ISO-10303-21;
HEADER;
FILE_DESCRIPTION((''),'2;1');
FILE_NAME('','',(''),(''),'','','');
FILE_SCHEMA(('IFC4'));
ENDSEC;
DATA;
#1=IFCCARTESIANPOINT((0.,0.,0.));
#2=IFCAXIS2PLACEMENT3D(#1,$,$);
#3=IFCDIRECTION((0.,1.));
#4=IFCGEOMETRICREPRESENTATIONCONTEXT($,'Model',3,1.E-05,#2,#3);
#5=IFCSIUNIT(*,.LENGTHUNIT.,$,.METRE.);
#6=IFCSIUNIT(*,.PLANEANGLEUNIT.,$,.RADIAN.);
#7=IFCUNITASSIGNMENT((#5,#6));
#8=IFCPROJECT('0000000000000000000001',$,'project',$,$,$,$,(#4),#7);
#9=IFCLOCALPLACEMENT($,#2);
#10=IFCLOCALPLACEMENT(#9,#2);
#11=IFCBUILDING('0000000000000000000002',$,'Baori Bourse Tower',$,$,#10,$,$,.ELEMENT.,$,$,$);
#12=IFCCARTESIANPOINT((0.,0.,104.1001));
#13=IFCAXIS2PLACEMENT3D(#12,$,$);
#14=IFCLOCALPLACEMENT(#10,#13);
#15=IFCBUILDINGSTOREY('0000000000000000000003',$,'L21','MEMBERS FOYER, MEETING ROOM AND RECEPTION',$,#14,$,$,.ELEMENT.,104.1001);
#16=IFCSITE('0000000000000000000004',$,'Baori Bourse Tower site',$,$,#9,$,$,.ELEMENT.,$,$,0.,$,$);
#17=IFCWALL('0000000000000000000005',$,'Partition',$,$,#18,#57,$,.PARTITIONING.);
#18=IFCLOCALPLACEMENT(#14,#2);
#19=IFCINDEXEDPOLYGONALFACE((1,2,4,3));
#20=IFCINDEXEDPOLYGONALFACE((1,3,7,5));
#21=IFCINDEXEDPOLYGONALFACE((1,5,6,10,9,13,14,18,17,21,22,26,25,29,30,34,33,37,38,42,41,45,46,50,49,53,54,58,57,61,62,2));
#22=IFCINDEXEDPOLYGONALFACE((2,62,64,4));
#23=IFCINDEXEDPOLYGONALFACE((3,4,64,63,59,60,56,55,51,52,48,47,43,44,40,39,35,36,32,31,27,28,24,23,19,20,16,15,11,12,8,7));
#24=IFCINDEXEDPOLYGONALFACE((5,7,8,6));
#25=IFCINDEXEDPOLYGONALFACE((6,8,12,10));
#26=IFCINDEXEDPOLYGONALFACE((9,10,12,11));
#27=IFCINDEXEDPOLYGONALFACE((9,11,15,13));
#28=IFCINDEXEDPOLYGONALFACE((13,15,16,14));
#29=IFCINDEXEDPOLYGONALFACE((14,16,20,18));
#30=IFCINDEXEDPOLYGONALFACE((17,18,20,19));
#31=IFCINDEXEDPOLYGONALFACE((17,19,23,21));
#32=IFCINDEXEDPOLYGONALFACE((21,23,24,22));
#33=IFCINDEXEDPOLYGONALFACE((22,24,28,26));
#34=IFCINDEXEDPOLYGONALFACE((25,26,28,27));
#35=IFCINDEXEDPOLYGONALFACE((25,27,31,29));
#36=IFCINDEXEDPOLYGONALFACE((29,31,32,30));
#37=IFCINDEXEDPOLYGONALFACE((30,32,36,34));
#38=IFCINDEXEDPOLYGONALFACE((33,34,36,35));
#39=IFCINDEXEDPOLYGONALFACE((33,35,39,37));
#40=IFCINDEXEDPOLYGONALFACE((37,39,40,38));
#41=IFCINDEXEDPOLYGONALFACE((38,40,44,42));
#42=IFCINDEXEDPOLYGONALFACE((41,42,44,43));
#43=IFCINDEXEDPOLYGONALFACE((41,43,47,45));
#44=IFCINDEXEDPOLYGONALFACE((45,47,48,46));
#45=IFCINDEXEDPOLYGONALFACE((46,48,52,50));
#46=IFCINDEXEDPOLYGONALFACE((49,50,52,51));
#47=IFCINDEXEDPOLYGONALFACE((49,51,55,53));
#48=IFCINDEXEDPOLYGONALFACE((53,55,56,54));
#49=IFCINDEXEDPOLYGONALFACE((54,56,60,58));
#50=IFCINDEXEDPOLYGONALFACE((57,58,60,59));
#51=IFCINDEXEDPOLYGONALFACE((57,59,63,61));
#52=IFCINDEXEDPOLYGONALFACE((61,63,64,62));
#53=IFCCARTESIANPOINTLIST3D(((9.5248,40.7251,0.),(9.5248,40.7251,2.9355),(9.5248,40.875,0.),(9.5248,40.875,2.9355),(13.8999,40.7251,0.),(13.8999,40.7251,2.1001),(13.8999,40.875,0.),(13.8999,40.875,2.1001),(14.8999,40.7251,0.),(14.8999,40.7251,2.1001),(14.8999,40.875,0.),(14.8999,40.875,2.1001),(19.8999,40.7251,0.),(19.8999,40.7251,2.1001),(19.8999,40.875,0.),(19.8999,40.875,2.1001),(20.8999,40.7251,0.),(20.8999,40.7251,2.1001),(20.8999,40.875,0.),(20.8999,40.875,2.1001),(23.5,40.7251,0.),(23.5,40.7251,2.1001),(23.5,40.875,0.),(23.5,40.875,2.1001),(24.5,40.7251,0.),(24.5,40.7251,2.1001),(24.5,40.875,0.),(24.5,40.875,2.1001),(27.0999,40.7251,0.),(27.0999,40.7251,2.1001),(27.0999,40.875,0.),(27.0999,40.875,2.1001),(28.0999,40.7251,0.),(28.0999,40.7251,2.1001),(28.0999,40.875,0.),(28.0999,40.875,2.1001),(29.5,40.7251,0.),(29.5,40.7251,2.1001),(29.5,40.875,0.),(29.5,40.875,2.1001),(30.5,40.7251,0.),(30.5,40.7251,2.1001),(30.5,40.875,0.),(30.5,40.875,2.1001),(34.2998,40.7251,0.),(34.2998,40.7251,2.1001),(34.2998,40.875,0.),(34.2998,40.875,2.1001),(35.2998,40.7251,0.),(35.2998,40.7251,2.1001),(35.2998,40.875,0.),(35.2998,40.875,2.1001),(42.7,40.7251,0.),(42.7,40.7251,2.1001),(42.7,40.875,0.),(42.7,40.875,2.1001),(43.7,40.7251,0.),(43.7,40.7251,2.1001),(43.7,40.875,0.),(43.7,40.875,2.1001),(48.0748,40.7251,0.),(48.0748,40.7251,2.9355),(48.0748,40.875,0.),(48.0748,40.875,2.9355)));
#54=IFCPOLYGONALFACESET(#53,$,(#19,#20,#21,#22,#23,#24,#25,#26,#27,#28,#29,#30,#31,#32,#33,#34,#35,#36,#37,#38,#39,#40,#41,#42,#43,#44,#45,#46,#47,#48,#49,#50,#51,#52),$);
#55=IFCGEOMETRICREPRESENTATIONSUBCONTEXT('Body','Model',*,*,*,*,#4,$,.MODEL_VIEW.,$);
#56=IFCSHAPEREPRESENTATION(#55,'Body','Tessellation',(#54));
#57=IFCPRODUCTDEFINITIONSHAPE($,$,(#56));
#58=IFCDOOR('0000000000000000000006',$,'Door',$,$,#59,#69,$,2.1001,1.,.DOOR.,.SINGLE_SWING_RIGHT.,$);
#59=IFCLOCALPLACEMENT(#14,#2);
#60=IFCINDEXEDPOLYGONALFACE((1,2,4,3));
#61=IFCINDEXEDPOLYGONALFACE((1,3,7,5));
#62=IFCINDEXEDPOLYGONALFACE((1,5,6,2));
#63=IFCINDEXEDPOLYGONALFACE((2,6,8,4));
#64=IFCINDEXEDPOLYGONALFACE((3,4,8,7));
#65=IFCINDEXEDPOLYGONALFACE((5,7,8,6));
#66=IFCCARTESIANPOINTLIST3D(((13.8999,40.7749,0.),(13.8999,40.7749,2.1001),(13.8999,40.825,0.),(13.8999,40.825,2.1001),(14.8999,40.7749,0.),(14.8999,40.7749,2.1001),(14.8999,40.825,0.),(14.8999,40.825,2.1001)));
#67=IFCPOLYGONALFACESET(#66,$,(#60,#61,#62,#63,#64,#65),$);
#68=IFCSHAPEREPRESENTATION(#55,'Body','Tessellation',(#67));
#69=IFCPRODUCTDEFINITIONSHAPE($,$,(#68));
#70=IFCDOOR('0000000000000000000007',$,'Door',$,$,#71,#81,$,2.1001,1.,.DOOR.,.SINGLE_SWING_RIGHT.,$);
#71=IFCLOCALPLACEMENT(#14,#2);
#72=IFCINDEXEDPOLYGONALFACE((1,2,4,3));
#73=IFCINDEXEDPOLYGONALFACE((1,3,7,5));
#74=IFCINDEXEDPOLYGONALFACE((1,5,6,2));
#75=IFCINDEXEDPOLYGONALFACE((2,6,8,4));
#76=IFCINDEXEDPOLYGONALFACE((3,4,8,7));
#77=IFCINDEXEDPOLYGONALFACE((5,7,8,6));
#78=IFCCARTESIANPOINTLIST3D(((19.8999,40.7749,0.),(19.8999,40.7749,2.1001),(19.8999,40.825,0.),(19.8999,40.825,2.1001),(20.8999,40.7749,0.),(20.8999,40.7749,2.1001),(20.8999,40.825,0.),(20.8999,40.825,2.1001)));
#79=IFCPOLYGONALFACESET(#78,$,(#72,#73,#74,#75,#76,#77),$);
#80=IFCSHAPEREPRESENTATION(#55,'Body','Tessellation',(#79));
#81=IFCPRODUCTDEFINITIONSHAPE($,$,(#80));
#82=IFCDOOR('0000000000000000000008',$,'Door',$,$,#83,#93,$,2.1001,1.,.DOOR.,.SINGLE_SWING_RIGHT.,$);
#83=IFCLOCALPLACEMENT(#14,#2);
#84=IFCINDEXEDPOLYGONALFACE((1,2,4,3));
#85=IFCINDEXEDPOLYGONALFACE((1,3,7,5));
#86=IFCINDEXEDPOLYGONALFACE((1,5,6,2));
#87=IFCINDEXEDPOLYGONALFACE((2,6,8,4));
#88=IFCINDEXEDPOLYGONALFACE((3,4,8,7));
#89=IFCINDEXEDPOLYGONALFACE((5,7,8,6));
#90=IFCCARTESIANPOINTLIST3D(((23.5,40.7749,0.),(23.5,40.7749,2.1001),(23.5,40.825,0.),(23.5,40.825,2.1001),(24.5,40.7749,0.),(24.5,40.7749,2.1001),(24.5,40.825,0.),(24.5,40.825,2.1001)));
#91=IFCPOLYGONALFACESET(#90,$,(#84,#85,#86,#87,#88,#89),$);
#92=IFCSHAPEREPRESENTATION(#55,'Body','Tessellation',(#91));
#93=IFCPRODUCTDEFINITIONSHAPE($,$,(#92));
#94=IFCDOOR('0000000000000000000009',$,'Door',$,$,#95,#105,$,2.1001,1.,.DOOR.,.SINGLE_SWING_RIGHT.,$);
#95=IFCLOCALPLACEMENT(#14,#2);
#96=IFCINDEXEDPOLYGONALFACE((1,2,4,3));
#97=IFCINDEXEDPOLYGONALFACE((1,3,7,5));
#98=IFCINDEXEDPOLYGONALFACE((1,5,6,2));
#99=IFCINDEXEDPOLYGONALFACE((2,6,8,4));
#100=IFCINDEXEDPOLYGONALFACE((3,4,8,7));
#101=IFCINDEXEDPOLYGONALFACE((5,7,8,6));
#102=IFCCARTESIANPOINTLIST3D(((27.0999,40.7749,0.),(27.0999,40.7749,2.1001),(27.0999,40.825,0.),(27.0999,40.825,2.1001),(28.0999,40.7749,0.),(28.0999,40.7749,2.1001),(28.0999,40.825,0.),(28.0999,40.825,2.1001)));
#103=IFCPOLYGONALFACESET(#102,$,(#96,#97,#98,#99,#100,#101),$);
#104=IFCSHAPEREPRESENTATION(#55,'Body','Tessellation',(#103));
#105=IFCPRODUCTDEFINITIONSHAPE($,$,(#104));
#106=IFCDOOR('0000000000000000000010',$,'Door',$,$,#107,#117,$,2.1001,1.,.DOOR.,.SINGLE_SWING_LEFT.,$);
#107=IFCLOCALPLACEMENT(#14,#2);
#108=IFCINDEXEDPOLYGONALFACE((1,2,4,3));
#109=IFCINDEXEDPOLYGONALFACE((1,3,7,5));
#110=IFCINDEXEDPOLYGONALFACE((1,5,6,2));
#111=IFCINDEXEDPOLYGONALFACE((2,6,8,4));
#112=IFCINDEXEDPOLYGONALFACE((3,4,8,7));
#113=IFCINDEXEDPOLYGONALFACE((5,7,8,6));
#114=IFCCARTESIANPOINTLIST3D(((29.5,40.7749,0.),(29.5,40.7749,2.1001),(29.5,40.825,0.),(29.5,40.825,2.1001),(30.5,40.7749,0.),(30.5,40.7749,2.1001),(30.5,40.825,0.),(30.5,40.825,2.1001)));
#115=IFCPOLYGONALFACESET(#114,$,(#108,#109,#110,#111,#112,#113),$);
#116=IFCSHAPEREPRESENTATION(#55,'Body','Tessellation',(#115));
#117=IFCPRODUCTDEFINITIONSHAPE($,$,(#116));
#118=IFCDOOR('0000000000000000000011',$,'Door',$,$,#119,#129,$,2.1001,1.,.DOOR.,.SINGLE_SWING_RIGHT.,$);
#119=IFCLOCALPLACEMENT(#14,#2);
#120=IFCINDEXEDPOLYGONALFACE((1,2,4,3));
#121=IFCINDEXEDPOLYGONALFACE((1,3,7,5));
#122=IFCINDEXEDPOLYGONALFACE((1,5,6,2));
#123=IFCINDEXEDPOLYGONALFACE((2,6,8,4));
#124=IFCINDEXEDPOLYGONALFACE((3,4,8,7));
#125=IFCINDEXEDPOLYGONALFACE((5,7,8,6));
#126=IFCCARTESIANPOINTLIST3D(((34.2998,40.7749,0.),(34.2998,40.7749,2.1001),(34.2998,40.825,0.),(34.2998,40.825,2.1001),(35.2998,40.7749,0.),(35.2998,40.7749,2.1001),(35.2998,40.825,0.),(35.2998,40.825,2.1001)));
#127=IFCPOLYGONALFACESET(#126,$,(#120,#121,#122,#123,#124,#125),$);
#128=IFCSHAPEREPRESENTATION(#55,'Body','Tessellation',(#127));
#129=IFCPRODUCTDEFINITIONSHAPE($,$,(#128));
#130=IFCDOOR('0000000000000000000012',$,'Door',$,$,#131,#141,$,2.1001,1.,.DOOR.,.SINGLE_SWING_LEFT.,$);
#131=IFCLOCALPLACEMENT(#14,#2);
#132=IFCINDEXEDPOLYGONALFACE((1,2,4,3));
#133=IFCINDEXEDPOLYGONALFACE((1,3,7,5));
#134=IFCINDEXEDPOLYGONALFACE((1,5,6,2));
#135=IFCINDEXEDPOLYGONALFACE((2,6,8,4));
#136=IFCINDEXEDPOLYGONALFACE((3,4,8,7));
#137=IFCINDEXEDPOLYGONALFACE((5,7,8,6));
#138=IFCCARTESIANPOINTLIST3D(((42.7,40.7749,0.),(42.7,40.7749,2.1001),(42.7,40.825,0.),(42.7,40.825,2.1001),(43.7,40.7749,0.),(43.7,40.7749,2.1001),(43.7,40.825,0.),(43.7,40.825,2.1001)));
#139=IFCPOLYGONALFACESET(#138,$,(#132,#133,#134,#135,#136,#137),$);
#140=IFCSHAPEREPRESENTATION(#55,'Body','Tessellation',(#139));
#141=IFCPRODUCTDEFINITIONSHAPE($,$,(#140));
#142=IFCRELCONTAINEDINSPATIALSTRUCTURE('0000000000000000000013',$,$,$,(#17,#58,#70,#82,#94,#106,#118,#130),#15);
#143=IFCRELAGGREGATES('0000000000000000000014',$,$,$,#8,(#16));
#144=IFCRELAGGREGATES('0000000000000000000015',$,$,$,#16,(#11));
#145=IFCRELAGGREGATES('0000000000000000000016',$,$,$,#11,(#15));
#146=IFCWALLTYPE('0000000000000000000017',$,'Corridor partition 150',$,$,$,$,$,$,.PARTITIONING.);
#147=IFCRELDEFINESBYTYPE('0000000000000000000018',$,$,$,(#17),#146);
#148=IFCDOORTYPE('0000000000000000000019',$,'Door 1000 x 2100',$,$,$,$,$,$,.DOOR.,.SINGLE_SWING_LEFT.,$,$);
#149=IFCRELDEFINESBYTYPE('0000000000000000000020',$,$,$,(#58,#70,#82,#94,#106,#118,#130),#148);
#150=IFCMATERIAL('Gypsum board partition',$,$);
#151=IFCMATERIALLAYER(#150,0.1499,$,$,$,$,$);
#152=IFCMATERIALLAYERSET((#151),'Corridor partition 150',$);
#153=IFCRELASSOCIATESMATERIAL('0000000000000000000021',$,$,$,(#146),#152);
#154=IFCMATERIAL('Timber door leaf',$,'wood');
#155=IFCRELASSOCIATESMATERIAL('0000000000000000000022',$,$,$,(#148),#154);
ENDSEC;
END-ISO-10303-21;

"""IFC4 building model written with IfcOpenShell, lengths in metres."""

from ifc_helpers import new_model, si_unit, direction, frame, frame_2d, origin, place, context, subcontext, project, spatial, rectangle, extrude, material, layer, layer_set, type_object, element, fill, save


model = new_model("IFC4")

# Units and contexts
model_context = context("Model", 3, precision=1e-05, world=origin(), true_north=direction((0.0, 1.0)))
body_context = subcontext(model_context, "Body", "Model", "MODEL_VIEW")
ifc_project = project(units=[si_unit("LENGTHUNIT", "METRE"), si_unit("PLANEANGLEUNIT", "RADIAN")], contexts=[model_context])

# Site, building, storey
site_placement = place(None, origin())
site = spatial("IfcSite", under=ifc_project, at=site_placement, Name="Baori Bourse Tower site", CompositionType="ELEMENT", RefElevation=0.0)
building_placement = place(site_placement, origin())
building = spatial("IfcBuilding", under=site, at=building_placement, Name="Baori Bourse Tower", CompositionType="ELEMENT")
storey_placement = place(building_placement, frame((0.0, 0.0, 104.1001)))
storey = spatial("IfcBuildingStorey", under=building, at=storey_placement, Name="L21", Description="MEMBERS FOYER, MEETING ROOM AND RECEPTION", CompositionType="ELEMENT", Elevation=104.1001)

# Wall, openings, doors
ifc_material_1 = material(Name="Gypsum board partition")
ifc_layer_1 = layer(ifc_material_1, 0.1499)
ifc_layer_set_1 = layer_set([ifc_layer_1], Name="Corridor partition 150")
wall_type_1 = type_object("IfcWallType", Name="Corridor partition 150", PredefinedType="PARTITIONING", material=ifc_layer_set_1)
wall_1_placement = place(storey_placement, frame((9.5249, 40.8, 0.0), z_axis=(0.0, 0.0, 1.0), x_axis=(1.0, 0.0, 0.0)))
wall_1 = element("IfcWall", 1, at=wall_1_placement, inside=storey, type_object=wall_type_1, Name="Partition", PredefinedType="PARTITIONING", context=body_context, shape_type="SweptSolid", body=[
    extrude(rectangle(XDim=38.55, YDim=0.1499, at=frame_2d((19.2749, 0.0))), origin(), (0.0, 0.0, 1.0), 2.9355),
])
opening_1_placement = place(wall_1_placement, frame((4.375, 0.0, 0.0)))
opening_1 = element("IfcOpeningElement", 2, at=opening_1_placement, cuts=wall_1, PredefinedType="OPENING", context=body_context, shape_type="SweptSolid", body=[
    extrude(rectangle(XDim=1.0, YDim=2.1001, at=frame_2d((0.5, 1.05))), frame((0.0, 0.085, 0.0), z_axis=(0.0, -1.0, 0.0), x_axis=(1.0, 0.0, 0.0)), (0.0, 0.0, 1.0), 0.1699),
])
opening_2_placement = place(wall_1_placement, frame((10.375, 0.0, 0.0)))
opening_2 = element("IfcOpeningElement", 3, at=opening_2_placement, cuts=wall_1, PredefinedType="OPENING", context=body_context, shape_type="SweptSolid", body=[
    extrude(rectangle(XDim=1.0, YDim=2.1001, at=frame_2d((0.5, 1.05))), frame((0.0, 0.085, 0.0), z_axis=(0.0, -1.0, 0.0), x_axis=(1.0, 0.0, 0.0)), (0.0, 0.0, 1.0), 0.1699),
])
opening_3_placement = place(wall_1_placement, frame((13.9751, 0.0, 0.0)))
opening_3 = element("IfcOpeningElement", 4, at=opening_3_placement, cuts=wall_1, PredefinedType="OPENING", context=body_context, shape_type="SweptSolid", body=[
    extrude(rectangle(XDim=1.0, YDim=2.1001, at=frame_2d((0.5, 1.05))), frame((0.0, 0.085, 0.0), z_axis=(0.0, -1.0, 0.0), x_axis=(1.0, 0.0, 0.0)), (0.0, 0.0, 1.0), 0.1699),
])
opening_4_placement = place(wall_1_placement, frame((17.575, 0.0, 0.0)))
opening_4 = element("IfcOpeningElement", 5, at=opening_4_placement, cuts=wall_1, PredefinedType="OPENING", context=body_context, shape_type="SweptSolid", body=[
    extrude(rectangle(XDim=1.0, YDim=2.1001, at=frame_2d((0.5, 1.05))), frame((0.0, 0.085, 0.0), z_axis=(0.0, -1.0, 0.0), x_axis=(1.0, 0.0, 0.0)), (0.0, 0.0, 1.0), 0.1699),
])
opening_5_placement = place(wall_1_placement, frame((19.9751, 0.0, 0.0)))
opening_5 = element("IfcOpeningElement", 6, at=opening_5_placement, cuts=wall_1, PredefinedType="OPENING", context=body_context, shape_type="SweptSolid", body=[
    extrude(rectangle(XDim=1.0, YDim=2.1001, at=frame_2d((0.5, 1.05))), frame((0.0, 0.085, 0.0), z_axis=(0.0, -1.0, 0.0), x_axis=(1.0, 0.0, 0.0)), (0.0, 0.0, 1.0), 0.1699),
])
opening_6_placement = place(wall_1_placement, frame((24.7749, 0.0, 0.0)))
opening_6 = element("IfcOpeningElement", 7, at=opening_6_placement, cuts=wall_1, PredefinedType="OPENING", context=body_context, shape_type="SweptSolid", body=[
    extrude(rectangle(XDim=1.0, YDim=2.1001, at=frame_2d((0.5, 1.05))), frame((0.0, 0.085, 0.0), z_axis=(0.0, -1.0, 0.0), x_axis=(1.0, 0.0, 0.0)), (0.0, 0.0, 1.0), 0.1699),
])
opening_7_placement = place(wall_1_placement, frame((33.175, 0.0, 0.0)))
opening_7 = element("IfcOpeningElement", 8, at=opening_7_placement, cuts=wall_1, PredefinedType="OPENING", context=body_context, shape_type="SweptSolid", body=[
    extrude(rectangle(XDim=1.0, YDim=2.1001, at=frame_2d((0.5, 1.05))), frame((0.0, 0.085, 0.0), z_axis=(0.0, -1.0, 0.0), x_axis=(1.0, 0.0, 0.0)), (0.0, 0.0, 1.0), 0.1699),
])
ifc_material_2 = material(Name="Timber door leaf", Category="wood")
door_type = type_object("IfcDoorType", Name="Door 1000 x 2100", OperationType="SINGLE_SWING_LEFT", PredefinedType="DOOR", material=ifc_material_2)
door_1_placement = place(opening_1_placement, origin())
door_1 = element("IfcDoor", 9, at=door_1_placement, inside=storey, type_object=door_type, Name="Door", OperationType="SINGLE_SWING_RIGHT", OverallHeight=2.1001, OverallWidth=1.0, PredefinedType="DOOR", context=body_context, shape_type="SweptSolid", body=[
    extrude(rectangle(XDim=1.0, YDim=2.1001, at=frame_2d((0.5, 1.05))), frame((0.0, 0.0249, 0.0), z_axis=(0.0, -1.0, 0.0), x_axis=(1.0, 0.0, 0.0)), (0.0, 0.0, 1.0), 0.05),
])
fill(opening_1, door_1)
door_2_placement = place(opening_2_placement, origin())
door_2 = element("IfcDoor", 10, at=door_2_placement, inside=storey, type_object=door_type, Name="Door", OperationType="SINGLE_SWING_RIGHT", OverallHeight=2.1001, OverallWidth=1.0, PredefinedType="DOOR", context=body_context, shape_type="SweptSolid", body=[
    extrude(rectangle(XDim=1.0, YDim=2.1001, at=frame_2d((0.5, 1.05))), frame((0.0, 0.0249, 0.0), z_axis=(0.0, -1.0, 0.0), x_axis=(1.0, 0.0, 0.0)), (0.0, 0.0, 1.0), 0.05),
])
fill(opening_2, door_2)
door_3_placement = place(opening_3_placement, origin())
door_3 = element("IfcDoor", 11, at=door_3_placement, inside=storey, type_object=door_type, Name="Door", OperationType="SINGLE_SWING_RIGHT", OverallHeight=2.1001, OverallWidth=1.0, PredefinedType="DOOR", context=body_context, shape_type="SweptSolid", body=[
    extrude(rectangle(XDim=1.0, YDim=2.1001, at=frame_2d((0.5, 1.05))), frame((0.0, 0.0249, 0.0), z_axis=(0.0, -1.0, 0.0), x_axis=(1.0, 0.0, 0.0)), (0.0, 0.0, 1.0), 0.05),
])
fill(opening_3, door_3)
door_4_placement = place(opening_4_placement, origin())
door_4 = element("IfcDoor", 12, at=door_4_placement, inside=storey, type_object=door_type, Name="Door", OperationType="SINGLE_SWING_RIGHT", OverallHeight=2.1001, OverallWidth=1.0, PredefinedType="DOOR", context=body_context, shape_type="SweptSolid", body=[
    extrude(rectangle(XDim=1.0, YDim=2.1001, at=frame_2d((0.5, 1.05))), frame((0.0, 0.0249, 0.0), z_axis=(0.0, -1.0, 0.0), x_axis=(1.0, 0.0, 0.0)), (0.0, 0.0, 1.0), 0.05),
])
fill(opening_4, door_4)
door_5_placement = place(opening_5_placement, origin())
door_5 = element("IfcDoor", 13, at=door_5_placement, inside=storey, type_object=door_type, Name="Door", OperationType="SINGLE_SWING_LEFT", OverallHeight=2.1001, OverallWidth=1.0, PredefinedType="DOOR", context=body_context, shape_type="SweptSolid", body=[
    extrude(rectangle(XDim=1.0, YDim=2.1001, at=frame_2d((0.5, 1.05))), frame((0.0, 0.0249, 0.0), z_axis=(0.0, -1.0, 0.0), x_axis=(1.0, 0.0, 0.0)), (0.0, 0.0, 1.0), 0.05),
])
fill(opening_5, door_5)
door_6_placement = place(opening_6_placement, origin())
door_6 = element("IfcDoor", 14, at=door_6_placement, inside=storey, type_object=door_type, Name="Door", OperationType="SINGLE_SWING_RIGHT", OverallHeight=2.1001, OverallWidth=1.0, PredefinedType="DOOR", context=body_context, shape_type="SweptSolid", body=[
    extrude(rectangle(XDim=1.0, YDim=2.1001, at=frame_2d((0.5, 1.05))), frame((0.0, 0.0249, 0.0), z_axis=(0.0, -1.0, 0.0), x_axis=(1.0, 0.0, 0.0)), (0.0, 0.0, 1.0), 0.05),
])
fill(opening_6, door_6)
door_7_placement = place(opening_7_placement, origin())
door_7 = element("IfcDoor", 15, at=door_7_placement, inside=storey, type_object=door_type, Name="Door", OperationType="SINGLE_SWING_LEFT", OverallHeight=2.1001, OverallWidth=1.0, PredefinedType="DOOR", context=body_context, shape_type="SweptSolid", body=[
    extrude(rectangle(XDim=1.0, YDim=2.1001, at=frame_2d((0.5, 1.05))), frame((0.0, 0.0249, 0.0), z_axis=(0.0, -1.0, 0.0), x_axis=(1.0, 0.0, 0.0)), (0.0, 0.0, 1.0), 0.05),
])
fill(opening_7, door_7)

save(model, "model.ifc")
